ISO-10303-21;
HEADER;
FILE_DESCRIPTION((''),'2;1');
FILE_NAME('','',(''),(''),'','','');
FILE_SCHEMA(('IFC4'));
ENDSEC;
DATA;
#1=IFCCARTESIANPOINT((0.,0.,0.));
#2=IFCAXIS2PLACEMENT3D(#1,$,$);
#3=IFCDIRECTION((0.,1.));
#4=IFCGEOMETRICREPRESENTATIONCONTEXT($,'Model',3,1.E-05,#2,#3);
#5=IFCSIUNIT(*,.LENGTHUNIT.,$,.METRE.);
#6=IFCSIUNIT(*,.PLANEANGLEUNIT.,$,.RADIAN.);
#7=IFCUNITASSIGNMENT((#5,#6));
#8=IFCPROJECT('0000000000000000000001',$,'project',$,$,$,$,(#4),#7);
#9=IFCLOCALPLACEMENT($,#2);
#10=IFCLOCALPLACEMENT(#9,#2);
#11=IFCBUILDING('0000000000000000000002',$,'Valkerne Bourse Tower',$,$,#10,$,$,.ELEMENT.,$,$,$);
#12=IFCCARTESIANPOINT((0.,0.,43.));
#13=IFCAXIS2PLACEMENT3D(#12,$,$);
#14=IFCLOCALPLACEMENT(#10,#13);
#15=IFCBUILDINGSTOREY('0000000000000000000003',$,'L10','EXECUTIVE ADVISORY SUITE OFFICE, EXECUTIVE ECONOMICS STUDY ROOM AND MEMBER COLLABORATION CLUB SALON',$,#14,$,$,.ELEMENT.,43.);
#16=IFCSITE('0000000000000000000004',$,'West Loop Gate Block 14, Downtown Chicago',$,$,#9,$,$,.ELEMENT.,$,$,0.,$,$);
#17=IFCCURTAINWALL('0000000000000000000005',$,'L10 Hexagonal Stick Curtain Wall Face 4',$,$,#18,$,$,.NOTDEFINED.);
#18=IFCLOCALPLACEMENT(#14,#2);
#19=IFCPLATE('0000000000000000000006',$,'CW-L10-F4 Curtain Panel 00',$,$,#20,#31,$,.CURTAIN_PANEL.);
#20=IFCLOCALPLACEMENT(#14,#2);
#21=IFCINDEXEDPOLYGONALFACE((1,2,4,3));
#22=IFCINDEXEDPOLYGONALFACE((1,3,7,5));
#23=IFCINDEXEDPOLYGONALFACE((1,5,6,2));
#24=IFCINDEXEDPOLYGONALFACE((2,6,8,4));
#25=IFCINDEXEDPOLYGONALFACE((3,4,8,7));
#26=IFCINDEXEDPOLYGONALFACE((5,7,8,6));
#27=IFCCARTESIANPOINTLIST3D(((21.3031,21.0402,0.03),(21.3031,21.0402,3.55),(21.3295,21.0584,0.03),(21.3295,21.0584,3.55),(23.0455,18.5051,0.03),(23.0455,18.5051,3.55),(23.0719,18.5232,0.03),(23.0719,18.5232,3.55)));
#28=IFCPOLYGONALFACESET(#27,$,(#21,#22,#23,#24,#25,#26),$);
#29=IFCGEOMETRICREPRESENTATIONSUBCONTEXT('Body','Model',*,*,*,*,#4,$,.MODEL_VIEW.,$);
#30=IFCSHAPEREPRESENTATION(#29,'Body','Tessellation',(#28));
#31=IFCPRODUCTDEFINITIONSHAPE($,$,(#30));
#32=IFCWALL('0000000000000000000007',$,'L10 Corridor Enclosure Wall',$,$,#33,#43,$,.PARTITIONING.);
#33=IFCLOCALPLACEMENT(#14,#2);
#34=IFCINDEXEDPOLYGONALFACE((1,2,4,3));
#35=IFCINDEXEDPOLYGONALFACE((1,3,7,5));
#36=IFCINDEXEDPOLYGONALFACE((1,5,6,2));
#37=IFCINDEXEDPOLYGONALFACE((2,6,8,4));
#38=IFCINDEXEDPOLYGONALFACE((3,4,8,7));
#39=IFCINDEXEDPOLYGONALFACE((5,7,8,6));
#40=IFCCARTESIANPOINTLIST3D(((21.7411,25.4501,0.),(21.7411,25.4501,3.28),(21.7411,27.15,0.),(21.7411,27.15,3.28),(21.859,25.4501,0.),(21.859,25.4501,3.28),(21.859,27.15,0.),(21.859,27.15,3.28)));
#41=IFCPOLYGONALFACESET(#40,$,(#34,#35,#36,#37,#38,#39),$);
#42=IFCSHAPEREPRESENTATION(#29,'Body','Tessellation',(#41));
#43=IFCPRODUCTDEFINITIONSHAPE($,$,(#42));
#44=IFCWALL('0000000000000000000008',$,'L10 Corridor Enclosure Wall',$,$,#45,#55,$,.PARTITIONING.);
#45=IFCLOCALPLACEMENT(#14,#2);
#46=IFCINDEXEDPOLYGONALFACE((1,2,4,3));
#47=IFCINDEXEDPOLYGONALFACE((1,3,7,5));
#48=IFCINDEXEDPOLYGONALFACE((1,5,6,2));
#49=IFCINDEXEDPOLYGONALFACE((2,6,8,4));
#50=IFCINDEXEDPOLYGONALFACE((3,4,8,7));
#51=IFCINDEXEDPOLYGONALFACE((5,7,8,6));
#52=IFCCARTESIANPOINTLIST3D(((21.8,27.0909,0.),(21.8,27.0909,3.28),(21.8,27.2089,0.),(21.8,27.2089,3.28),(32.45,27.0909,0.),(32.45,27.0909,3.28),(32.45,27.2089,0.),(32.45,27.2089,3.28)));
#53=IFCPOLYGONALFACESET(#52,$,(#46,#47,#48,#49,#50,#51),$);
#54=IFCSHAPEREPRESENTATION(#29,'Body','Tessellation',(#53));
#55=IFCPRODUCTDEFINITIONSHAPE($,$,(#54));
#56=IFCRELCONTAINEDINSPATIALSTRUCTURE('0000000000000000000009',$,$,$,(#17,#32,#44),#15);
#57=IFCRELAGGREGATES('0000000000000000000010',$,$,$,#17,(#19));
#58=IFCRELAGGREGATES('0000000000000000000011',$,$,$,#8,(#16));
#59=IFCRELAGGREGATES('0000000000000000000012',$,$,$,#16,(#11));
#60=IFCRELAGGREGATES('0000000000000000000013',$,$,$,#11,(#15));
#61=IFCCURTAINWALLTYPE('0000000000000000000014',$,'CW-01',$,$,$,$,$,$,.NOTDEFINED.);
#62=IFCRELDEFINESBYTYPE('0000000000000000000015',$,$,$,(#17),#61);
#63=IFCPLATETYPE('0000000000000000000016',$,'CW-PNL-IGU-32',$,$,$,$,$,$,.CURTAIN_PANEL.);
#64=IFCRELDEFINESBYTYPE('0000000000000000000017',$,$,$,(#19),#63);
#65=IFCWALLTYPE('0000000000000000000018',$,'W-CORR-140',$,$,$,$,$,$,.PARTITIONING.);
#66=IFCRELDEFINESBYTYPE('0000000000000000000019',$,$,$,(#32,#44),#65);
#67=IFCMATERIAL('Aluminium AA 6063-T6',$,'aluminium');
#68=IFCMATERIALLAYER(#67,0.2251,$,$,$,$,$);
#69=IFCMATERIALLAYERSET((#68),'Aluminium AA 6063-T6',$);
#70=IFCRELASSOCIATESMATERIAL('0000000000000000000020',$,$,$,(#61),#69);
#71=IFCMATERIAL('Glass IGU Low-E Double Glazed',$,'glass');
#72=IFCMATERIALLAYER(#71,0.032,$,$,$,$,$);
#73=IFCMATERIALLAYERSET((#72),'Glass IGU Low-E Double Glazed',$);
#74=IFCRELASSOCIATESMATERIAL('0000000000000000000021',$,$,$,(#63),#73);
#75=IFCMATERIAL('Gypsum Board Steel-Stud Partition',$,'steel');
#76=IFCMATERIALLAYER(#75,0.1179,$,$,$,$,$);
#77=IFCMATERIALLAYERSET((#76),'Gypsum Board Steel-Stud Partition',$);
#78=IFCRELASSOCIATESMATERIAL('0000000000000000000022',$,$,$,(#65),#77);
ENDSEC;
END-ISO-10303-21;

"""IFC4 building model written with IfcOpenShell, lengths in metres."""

from ifc_helpers import new_model, si_unit, direction, frame, frame_2d, origin, origin_2d, place, context, subcontext, project, spatial, rectangle, extrude, material, layer, layer_set, type_object, element, aggregate, save


model = new_model("IFC4")

# Units and contexts
model_context = context("Model", 3, precision=1e-05, world=origin(), true_north=direction((0.0, 1.0)))
body_context = subcontext(model_context, "Body", "Model", "MODEL_VIEW")
ifc_project = project(units=[si_unit("LENGTHUNIT", "METRE"), si_unit("PLANEANGLEUNIT", "RADIAN")], contexts=[model_context])

# Site, building, storey
site_placement = place(None, origin())
site = spatial("IfcSite", under=ifc_project, at=site_placement, Name="West Loop Gate Block 14, Downtown Chicago", CompositionType="ELEMENT", RefElevation=0.0)
building_placement = place(site_placement, origin())
building = spatial("IfcBuilding", under=site, at=building_placement, Name="Valkerne Bourse Tower", CompositionType="ELEMENT")
storey_placement = place(building_placement, frame((0.0, 0.0, 43.0)))
storey = spatial("IfcBuildingStorey", under=building, at=storey_placement, Name="L10", Description="EXECUTIVE ADVISORY SUITE OFFICE, EXECUTIVE ECONOMICS STUDY ROOM AND MEMBER COLLABORATION CLUB SALON", CompositionType="ELEMENT", Elevation=43.0)

# Shared definitions
ifc_material_1 = material(Name="Aluminium AA 6063-T6", Category="aluminium")
ifc_layer_1 = layer(ifc_material_1, 0.2251)
ifc_layer_set_1 = layer_set([ifc_layer_1], Name="Aluminium AA 6063-T6")
curtain_wall_type = type_object("IfcCurtainWallType", Name="CW-01", PredefinedType="NOTDEFINED", material=ifc_layer_set_1)

# Curtain wall
curtain_wall_1_placement = place(storey_placement, origin())
curtain_wall_1 = element("IfcCurtainWall", 1, at=curtain_wall_1_placement, inside=storey, type_object=curtain_wall_type, Name="L10 Hexagonal Stick Curtain Wall Face 4", PredefinedType="NOTDEFINED")

# Plate
ifc_material_2 = material(Name="Glass IGU Low-E Double Glazed", Category="glass")
ifc_layer_2 = layer(ifc_material_2, 0.032)
ifc_layer_set_2 = layer_set([ifc_layer_2], Name="Glass IGU Low-E Double Glazed")
plate_type = type_object("IfcPlateType", Name="CW-PNL-IGU-32", PredefinedType="CURTAIN_PANEL", material=ifc_layer_set_2)
plate_1_placement = place(storey_placement, frame((22.1875, 19.7817, 0.03), z_axis=(0.0, 0.0, 1.0), x_axis=(0.566414, -0.824121, 0.0)))
plate_1 = element("IfcPlate", 2, at=plate_1_placement, type_object=plate_type, Name="CW-L10-F4 Curtain Panel 00", PredefinedType="CURTAIN_PANEL", context=body_context, shape_type="SweptSolid", body=[
    extrude(rectangle(XDim=3.0762, YDim=0.032, at=origin_2d()), origin(), (0.0, 0.0, 1.0), 3.52),
])
aggregate(curtain_wall_1, [plate_1])

# Walls
ifc_material_3 = material(Name="Gypsum Board Steel-Stud Partition", Category="steel")
ifc_layer_3 = layer(ifc_material_3, 0.1179)
ifc_layer_set_3 = layer_set([ifc_layer_3], Name="Gypsum Board Steel-Stud Partition")
wall_type = type_object("IfcWallType", Name="W-CORR-140", PredefinedType="PARTITIONING", material=ifc_layer_set_3)
wall_1_placement = place(storey_placement, frame((21.8, 25.45, 0.0), z_axis=(0.0, 0.0, 1.0), x_axis=(0.0, 1.0, 0.0)))
element("IfcWall", 3, at=wall_1_placement, inside=storey, type_object=wall_type, Name="L10 Corridor Enclosure Wall", PredefinedType="PARTITIONING", context=body_context, shape_type="SweptSolid", body=[
    extrude(rectangle(XDim=1.7, YDim=0.1179, at=frame_2d((0.8501, 0.0))), origin(), (0.0, 0.0, 1.0), 3.28),
])
wall_2_placement = place(storey_placement, frame((21.8, 27.1499, 0.0), z_axis=(0.0, 0.0, 1.0), x_axis=(1.0, 0.0, 0.0)))
element("IfcWall", 4, at=wall_2_placement, inside=storey, type_object=wall_type, Name="L10 Corridor Enclosure Wall", PredefinedType="PARTITIONING", context=body_context, shape_type="SweptSolid", body=[
    extrude(rectangle(XDim=10.6499, YDim=0.1179, at=frame_2d((5.325, 0.0))), origin(), (0.0, 0.0, 1.0), 3.28),
])

save(model, "model.ifc")
